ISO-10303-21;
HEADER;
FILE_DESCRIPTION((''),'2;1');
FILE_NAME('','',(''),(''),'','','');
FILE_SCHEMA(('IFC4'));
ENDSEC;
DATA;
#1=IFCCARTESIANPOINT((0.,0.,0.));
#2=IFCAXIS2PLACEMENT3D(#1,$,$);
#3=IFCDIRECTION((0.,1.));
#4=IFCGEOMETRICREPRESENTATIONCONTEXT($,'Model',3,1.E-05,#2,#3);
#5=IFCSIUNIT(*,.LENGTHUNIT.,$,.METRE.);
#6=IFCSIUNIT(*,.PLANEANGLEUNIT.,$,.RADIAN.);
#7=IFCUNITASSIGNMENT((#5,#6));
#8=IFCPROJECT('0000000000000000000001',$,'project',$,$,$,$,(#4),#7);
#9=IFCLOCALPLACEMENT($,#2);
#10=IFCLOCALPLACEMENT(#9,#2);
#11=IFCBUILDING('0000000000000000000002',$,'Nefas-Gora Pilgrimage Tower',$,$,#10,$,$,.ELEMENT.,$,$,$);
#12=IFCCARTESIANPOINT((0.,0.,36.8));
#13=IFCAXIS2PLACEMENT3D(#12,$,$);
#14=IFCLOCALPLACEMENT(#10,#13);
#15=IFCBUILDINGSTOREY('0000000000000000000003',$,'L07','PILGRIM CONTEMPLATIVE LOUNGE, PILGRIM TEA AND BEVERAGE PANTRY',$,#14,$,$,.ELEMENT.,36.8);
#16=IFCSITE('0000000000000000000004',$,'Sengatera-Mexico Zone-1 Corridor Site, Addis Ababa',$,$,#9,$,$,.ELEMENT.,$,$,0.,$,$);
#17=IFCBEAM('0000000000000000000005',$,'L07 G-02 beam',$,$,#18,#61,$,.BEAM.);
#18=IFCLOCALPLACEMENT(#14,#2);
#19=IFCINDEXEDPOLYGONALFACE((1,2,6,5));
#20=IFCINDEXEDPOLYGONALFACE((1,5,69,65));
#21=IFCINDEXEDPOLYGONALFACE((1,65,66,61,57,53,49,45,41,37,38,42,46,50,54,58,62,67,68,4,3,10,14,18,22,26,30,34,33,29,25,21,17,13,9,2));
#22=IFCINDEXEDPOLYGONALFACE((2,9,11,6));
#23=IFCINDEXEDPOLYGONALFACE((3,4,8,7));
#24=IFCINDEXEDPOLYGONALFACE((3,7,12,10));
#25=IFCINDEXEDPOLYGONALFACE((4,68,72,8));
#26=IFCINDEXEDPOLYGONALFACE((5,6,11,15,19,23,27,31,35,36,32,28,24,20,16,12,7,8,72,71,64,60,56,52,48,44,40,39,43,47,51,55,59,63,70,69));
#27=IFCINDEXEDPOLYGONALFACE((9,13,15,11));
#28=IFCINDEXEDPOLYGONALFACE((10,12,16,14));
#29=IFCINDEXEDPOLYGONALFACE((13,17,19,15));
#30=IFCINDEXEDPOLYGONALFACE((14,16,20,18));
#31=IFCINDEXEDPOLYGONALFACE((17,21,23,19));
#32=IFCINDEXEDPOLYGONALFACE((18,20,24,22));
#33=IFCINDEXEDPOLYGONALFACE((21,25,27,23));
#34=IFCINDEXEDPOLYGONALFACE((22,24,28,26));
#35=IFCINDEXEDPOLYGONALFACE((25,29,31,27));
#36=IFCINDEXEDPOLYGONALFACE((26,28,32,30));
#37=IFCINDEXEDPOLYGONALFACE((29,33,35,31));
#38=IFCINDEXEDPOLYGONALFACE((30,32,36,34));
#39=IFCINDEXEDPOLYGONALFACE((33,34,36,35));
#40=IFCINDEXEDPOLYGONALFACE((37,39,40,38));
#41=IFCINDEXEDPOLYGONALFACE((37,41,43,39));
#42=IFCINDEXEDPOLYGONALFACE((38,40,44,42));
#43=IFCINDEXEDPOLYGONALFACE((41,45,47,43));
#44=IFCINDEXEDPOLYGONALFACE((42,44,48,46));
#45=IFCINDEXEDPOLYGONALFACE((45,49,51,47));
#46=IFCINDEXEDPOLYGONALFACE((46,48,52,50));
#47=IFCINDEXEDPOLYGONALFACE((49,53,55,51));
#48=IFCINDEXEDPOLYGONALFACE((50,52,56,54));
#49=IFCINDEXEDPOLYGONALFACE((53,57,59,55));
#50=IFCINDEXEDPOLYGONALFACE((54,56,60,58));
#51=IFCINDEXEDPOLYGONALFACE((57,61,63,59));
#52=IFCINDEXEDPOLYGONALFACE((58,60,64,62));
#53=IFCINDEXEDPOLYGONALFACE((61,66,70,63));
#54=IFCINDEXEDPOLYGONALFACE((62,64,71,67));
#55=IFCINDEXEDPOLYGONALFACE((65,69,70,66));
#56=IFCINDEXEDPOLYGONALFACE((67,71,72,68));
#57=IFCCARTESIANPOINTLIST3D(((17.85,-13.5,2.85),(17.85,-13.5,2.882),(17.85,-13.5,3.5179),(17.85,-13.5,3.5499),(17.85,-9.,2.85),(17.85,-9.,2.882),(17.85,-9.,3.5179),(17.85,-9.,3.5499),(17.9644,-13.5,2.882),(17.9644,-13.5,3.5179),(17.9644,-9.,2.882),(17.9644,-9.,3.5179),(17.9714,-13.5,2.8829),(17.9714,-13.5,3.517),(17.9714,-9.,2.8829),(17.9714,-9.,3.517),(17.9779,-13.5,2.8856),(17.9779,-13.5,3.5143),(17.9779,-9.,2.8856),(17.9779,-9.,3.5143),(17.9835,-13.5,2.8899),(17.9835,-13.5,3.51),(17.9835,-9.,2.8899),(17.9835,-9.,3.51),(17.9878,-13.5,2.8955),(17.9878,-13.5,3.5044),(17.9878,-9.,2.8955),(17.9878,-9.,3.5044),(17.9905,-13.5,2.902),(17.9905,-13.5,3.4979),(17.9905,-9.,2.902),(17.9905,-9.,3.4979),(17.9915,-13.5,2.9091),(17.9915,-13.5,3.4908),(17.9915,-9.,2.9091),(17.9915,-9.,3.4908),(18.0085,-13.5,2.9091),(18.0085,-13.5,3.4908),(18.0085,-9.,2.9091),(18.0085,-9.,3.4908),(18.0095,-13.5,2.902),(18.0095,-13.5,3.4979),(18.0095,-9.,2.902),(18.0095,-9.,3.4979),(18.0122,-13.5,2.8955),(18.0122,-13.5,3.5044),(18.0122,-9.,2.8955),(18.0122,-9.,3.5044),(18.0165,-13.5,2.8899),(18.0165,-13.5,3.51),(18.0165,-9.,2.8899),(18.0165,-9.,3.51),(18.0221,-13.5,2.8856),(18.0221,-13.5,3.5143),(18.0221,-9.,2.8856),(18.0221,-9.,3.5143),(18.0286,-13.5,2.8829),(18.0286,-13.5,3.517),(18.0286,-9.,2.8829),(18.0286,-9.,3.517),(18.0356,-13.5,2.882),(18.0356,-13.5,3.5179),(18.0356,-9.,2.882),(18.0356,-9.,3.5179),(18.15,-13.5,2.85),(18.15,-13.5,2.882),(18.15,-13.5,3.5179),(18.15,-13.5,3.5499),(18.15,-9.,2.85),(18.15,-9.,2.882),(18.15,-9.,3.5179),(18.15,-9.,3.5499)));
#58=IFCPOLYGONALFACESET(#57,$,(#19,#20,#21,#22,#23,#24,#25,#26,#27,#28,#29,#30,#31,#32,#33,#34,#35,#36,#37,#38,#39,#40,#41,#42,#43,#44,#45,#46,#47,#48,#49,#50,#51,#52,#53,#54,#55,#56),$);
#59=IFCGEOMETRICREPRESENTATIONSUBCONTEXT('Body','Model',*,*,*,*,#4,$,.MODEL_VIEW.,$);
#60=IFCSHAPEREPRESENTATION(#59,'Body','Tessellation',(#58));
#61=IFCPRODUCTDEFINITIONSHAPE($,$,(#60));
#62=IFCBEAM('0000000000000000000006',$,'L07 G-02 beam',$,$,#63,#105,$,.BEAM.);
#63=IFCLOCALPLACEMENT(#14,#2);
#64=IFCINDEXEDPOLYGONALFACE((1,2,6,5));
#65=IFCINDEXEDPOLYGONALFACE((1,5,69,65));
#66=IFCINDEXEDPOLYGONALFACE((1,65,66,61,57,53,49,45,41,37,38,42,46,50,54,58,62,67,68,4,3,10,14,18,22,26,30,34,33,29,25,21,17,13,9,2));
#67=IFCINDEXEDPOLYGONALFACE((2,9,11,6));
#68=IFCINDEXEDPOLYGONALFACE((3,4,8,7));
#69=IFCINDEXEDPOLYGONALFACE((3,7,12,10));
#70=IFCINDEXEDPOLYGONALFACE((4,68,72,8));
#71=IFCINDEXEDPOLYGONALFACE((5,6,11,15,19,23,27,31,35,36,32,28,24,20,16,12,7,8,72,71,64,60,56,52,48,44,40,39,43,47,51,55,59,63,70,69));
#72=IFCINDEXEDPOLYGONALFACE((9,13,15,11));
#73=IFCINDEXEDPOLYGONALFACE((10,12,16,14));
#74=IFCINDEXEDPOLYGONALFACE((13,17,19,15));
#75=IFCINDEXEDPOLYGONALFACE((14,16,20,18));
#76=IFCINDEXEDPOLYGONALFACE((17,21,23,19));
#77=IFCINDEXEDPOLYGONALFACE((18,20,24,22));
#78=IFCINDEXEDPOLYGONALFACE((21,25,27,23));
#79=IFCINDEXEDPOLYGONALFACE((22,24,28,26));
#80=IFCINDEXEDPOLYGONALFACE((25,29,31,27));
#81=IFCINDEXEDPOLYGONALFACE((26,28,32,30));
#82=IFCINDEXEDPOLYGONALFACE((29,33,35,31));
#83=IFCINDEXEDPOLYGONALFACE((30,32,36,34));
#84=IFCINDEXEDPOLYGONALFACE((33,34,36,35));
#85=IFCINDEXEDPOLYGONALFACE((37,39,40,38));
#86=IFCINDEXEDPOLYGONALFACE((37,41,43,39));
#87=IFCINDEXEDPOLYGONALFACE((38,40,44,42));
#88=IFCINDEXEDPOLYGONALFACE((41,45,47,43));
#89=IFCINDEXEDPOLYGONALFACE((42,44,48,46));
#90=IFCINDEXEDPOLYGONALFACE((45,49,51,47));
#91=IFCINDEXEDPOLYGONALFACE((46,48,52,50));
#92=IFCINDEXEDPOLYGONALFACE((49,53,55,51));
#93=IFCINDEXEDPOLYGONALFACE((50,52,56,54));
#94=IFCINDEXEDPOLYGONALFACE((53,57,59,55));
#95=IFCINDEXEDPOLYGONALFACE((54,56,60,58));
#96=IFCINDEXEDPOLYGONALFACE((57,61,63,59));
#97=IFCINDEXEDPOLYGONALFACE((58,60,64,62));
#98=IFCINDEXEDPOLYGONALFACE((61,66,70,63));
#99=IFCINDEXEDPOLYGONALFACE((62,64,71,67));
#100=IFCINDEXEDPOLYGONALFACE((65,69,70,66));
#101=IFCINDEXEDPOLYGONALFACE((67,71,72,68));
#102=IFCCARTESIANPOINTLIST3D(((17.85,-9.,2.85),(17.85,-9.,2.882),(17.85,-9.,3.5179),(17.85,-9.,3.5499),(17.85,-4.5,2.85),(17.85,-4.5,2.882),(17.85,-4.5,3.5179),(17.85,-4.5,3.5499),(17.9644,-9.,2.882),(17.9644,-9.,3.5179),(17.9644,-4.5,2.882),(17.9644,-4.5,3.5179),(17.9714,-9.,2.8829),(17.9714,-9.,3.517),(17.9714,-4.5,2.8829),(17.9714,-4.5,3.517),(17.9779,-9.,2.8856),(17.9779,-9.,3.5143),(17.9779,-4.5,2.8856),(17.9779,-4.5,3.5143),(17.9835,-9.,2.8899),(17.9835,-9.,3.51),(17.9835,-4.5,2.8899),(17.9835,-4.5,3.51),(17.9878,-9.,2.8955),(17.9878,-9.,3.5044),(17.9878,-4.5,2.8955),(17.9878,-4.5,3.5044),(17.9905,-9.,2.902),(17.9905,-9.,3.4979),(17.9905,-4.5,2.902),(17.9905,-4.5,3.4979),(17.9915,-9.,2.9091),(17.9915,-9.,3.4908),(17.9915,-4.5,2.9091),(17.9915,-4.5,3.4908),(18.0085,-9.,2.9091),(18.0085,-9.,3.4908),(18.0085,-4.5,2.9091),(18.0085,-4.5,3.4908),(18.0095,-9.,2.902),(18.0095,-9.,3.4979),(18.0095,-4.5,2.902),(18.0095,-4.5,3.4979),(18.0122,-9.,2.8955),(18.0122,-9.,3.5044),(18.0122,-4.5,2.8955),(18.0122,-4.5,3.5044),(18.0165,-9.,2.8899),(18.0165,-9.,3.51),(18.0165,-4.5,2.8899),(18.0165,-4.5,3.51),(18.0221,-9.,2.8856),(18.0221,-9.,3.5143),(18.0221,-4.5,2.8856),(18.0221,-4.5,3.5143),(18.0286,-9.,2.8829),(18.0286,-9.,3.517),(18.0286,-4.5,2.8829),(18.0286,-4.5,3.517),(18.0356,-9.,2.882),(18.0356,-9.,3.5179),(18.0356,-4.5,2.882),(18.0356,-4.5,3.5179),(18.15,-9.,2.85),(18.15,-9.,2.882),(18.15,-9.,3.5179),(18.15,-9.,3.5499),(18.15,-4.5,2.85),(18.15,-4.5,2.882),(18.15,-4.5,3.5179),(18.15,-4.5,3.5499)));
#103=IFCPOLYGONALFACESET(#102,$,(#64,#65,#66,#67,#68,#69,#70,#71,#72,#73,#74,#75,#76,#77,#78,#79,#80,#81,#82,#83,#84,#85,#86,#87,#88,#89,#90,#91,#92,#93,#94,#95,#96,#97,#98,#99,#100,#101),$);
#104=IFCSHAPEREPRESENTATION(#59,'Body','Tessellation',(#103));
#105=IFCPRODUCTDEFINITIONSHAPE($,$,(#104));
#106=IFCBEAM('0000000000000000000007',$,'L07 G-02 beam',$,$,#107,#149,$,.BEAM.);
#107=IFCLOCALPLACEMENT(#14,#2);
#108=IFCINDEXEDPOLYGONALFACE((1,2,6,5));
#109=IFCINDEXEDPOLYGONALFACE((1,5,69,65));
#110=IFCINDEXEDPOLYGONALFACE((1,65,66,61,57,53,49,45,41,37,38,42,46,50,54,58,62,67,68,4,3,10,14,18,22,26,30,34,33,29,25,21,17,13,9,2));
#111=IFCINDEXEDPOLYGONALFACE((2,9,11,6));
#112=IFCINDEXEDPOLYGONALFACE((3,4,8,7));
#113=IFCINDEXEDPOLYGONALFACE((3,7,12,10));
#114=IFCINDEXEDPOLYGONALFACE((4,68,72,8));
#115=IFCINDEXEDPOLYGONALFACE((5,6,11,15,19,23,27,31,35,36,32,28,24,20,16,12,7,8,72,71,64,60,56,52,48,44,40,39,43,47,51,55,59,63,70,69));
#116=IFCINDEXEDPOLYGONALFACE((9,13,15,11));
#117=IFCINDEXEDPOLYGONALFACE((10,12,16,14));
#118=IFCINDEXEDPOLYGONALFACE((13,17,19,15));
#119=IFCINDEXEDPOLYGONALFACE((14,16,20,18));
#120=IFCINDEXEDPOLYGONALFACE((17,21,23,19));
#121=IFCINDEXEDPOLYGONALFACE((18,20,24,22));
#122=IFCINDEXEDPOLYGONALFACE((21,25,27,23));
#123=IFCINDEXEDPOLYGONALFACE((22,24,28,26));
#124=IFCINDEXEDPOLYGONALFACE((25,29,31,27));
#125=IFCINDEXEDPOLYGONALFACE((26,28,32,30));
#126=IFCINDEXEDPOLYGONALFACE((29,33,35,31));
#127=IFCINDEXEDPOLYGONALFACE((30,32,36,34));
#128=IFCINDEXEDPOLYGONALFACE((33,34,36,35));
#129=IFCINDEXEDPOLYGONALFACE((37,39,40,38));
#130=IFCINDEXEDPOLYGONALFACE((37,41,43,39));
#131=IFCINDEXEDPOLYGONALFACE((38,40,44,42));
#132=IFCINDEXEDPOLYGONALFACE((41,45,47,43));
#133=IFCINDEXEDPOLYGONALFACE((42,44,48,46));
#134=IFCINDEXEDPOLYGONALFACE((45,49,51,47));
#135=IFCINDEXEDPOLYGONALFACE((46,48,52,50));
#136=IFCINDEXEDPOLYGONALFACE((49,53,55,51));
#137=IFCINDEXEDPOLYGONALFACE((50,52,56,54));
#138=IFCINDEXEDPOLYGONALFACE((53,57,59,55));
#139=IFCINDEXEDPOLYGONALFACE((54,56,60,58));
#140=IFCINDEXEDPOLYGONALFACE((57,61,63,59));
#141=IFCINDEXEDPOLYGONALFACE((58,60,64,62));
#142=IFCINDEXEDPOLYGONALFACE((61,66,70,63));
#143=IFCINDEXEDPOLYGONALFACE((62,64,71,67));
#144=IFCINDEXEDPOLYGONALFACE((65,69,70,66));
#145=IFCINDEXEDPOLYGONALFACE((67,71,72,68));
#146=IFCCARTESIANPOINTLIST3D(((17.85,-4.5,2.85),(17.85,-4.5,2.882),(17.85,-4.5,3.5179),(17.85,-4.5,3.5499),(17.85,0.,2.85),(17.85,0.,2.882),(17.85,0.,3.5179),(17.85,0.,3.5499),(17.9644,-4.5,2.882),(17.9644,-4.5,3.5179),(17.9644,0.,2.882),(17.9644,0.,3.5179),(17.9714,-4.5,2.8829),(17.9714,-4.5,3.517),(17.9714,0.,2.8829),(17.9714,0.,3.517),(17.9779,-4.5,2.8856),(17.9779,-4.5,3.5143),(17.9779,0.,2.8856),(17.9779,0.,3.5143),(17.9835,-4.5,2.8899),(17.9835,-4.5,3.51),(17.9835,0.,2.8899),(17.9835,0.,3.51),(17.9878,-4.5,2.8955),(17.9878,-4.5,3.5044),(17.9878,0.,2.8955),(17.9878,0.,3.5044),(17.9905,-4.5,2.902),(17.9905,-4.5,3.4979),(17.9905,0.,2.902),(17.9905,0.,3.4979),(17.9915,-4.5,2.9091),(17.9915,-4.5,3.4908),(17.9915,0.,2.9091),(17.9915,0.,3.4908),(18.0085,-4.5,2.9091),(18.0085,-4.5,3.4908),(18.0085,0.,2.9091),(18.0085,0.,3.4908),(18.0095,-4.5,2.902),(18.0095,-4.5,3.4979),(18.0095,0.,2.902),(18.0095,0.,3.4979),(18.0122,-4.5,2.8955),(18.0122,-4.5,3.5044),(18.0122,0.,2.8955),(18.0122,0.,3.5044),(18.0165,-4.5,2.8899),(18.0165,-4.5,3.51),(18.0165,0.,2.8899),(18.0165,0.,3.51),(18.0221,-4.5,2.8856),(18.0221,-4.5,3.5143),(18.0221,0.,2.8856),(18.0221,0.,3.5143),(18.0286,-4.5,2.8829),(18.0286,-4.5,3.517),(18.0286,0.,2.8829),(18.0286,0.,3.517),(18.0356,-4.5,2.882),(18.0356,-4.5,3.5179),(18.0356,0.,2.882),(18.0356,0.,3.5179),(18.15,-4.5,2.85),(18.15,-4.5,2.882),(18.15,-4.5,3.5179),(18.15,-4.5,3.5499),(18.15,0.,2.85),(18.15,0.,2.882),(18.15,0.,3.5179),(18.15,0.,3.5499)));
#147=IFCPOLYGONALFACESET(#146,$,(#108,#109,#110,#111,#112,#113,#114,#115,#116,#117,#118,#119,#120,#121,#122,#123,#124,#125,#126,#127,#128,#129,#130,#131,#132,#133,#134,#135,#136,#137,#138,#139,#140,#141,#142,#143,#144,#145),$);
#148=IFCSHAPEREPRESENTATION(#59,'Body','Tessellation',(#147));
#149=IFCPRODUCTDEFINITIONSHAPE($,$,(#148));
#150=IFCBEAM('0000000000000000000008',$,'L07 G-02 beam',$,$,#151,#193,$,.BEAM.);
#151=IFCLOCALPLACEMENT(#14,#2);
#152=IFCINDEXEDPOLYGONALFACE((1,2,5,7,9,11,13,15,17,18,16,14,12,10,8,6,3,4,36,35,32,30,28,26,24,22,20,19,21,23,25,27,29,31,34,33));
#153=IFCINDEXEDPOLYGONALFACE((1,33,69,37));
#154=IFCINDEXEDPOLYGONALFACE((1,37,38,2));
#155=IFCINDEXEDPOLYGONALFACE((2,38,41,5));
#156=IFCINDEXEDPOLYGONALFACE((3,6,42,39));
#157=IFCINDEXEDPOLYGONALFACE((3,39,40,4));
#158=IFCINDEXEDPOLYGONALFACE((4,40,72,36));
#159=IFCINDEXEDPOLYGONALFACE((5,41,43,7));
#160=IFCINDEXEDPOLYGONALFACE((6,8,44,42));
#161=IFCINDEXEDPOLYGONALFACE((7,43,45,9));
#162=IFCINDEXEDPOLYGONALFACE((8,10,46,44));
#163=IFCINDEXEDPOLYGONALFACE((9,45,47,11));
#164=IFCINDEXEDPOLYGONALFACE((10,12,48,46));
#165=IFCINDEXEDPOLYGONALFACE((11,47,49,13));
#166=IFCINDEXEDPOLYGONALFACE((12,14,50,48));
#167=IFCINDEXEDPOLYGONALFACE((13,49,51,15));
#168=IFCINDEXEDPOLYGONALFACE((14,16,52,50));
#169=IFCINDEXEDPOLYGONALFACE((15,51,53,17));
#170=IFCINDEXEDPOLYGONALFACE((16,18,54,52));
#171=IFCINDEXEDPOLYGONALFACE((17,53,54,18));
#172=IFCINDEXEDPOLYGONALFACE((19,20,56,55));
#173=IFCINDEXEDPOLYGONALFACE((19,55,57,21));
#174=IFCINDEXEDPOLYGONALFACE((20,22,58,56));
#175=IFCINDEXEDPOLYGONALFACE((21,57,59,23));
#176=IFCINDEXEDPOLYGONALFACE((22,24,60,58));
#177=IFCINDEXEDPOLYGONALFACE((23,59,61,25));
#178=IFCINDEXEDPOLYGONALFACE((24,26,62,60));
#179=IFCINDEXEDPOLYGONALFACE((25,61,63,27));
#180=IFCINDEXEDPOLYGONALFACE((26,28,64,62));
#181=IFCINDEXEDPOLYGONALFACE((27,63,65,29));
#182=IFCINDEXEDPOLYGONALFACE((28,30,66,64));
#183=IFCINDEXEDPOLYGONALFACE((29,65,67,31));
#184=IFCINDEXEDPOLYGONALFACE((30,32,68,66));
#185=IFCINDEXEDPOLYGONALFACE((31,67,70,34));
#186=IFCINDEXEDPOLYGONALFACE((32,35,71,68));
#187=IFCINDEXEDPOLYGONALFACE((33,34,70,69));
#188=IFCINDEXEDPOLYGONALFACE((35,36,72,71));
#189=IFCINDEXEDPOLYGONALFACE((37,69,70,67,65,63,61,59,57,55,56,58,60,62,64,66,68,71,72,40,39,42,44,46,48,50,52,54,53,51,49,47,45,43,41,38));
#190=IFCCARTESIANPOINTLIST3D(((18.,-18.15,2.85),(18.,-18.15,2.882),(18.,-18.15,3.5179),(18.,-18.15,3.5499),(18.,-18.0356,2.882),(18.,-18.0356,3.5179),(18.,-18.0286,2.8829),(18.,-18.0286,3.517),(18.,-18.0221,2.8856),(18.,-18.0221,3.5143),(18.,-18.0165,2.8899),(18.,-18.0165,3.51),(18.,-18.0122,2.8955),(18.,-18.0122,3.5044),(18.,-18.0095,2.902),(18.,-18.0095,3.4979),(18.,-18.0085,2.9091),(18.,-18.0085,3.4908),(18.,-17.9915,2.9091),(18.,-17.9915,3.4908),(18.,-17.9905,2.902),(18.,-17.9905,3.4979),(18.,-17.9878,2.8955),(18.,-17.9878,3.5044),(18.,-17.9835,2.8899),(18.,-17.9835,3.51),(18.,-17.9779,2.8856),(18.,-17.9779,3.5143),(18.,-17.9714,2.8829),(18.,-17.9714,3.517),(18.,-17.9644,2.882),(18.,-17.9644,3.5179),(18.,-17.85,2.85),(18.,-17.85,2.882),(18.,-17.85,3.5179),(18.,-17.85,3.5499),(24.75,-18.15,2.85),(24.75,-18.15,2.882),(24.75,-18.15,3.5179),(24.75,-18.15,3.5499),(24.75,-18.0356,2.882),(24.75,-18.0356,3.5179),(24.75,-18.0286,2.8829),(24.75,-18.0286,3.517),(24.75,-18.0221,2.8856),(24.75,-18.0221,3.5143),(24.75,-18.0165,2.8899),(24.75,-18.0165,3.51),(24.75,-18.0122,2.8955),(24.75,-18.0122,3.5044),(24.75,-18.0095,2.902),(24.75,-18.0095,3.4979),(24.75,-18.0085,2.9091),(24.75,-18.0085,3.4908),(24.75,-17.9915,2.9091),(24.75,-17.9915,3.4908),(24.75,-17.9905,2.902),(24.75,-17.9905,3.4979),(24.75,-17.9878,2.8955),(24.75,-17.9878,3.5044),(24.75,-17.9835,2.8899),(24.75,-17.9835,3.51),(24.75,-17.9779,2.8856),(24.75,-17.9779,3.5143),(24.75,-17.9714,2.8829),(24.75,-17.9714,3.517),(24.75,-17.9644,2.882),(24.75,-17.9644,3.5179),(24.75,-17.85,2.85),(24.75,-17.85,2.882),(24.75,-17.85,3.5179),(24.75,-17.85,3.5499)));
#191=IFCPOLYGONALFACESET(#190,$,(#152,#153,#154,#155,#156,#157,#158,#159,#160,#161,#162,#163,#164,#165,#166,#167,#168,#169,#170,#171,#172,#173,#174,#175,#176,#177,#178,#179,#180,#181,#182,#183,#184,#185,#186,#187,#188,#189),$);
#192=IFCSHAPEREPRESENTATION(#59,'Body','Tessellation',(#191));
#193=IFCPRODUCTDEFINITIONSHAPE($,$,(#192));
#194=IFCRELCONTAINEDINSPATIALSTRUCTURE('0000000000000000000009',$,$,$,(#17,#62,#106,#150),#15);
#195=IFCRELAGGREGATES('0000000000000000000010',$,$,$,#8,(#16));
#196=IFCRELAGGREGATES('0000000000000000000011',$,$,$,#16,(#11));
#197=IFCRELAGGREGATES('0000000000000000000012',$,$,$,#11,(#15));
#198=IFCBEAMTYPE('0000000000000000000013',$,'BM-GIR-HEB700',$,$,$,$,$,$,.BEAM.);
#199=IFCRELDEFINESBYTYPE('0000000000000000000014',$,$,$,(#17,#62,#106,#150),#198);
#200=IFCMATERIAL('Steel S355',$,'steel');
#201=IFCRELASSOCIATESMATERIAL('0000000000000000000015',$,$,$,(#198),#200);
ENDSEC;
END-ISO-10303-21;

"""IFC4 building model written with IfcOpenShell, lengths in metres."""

from ifc_helpers import new_model, si_unit, direction, frame, origin, origin_2d, place, context, subcontext, project, spatial, i_section, extrude, source, transform, mapped, material, material_profile, profile_set, type_object, element, save


model = new_model("IFC4")

# Units and contexts
model_context = context("Model", 3, precision=1e-05, world=origin(), true_north=direction((0.0, 1.0)))
body_context = subcontext(model_context, "Body", "Model", "MODEL_VIEW")
ifc_project = project(units=[si_unit("LENGTHUNIT", "METRE"), si_unit("PLANEANGLEUNIT", "RADIAN")], contexts=[model_context])

# Site, building, storey
site_placement = place(None, origin())
site = spatial("IfcSite", under=ifc_project, at=site_placement, Name="Sengatera-Mexico Zone-1 Corridor Site, Addis Ababa", CompositionType="ELEMENT", RefElevation=0.0)
building_placement = place(site_placement, origin())
building = spatial("IfcBuilding", under=site, at=building_placement, Name="Nefas-Gora Pilgrimage Tower", CompositionType="ELEMENT")
storey_placement = place(building_placement, frame((0.0, 0.0, 36.8)))
storey = spatial("IfcBuildingStorey", under=building, at=storey_placement, Name="L07", Description="PILGRIM CONTEMPLATIVE LOUNGE, PILGRIM TEA AND BEVERAGE PANTRY", CompositionType="ELEMENT", Elevation=36.8)

# Beams
ifc_material_1 = material(Name="Steel S355", Category="steel")
ifc_material_profile_1 = material_profile(ifc_material_1, i_section(OverallWidth=0.3, OverallDepth=0.7, WebThickness=0.0171, FlangeThickness=0.032, FilletRadius=0.0271, at=origin_2d()), Name="HEB 700")
ifc_profile_set_1 = profile_set([ifc_material_profile_1], Name="Steel S355")
beam_type_1 = type_object("IfcBeamType", Name="BM-GIR-HEB700", PredefinedType="BEAM", material=ifc_profile_set_1)
shared_shape_1 = source(origin(), body_context, "Body", "SweptSolid", [
    extrude(i_section(OverallWidth=0.3, OverallDepth=0.7, WebThickness=0.0171, FlangeThickness=0.032, FilletRadius=0.0271, at=origin_2d()), origin(), (0.0, 0.0, 1.0), 4.5),
])
for number, where, z_axis, x_axis, name in (
    (1, (18.0, -13.5, 3.2), (0.0, 1.0, 0.0), (-1.0, 0.0, 0.0), "L07 G-02 beam"),
    (2, (18.0, -9.0, 3.2), (0.0, 1.0, 0.0), (-1.0, 0.0, 0.0), "L07 G-02 beam"),
    (3, (18.0, -4.5, 3.2), (0.0, 1.0, 0.0), (-1.0, 0.0, 0.0), "L07 G-02 beam"),
):
    element("IfcBeam", number, at=place(storey_placement, frame(where, z_axis=z_axis, x_axis=x_axis)), inside=storey, type_object=beam_type_1, Name=name, PredefinedType="BEAM", context=body_context, shape_type="MappedRepresentation", body=[
        mapped(shared_shape_1, transform((0.0, 0.0, 0.0), x_axis=(1.0, 0.0, 0.0), y_axis=(0.0, 1.0, 0.0), z_axis=(0.0, 0.0, 1.0), scale=1.0)),
    ])
shared_shape_2 = source(origin(), body_context, "Body", "SweptSolid", [
    extrude(i_section(OverallWidth=0.3, OverallDepth=0.7, WebThickness=0.0171, FlangeThickness=0.032, FilletRadius=0.0271, at=origin_2d()), origin(), (0.0, 0.0, 1.0), 6.75),
])
for number, where, z_axis, x_axis, name in (
    (4, (18.0, -18.0, 3.2), (1.0, 0.0, 0.0), (0.0, 1.0, 0.0), "L07 G-02 beam"),
):
    element("IfcBeam", number, at=place(storey_placement, frame(where, z_axis=z_axis, x_axis=x_axis)), inside=storey, type_object=beam_type_1, Name=name, PredefinedType="BEAM", context=body_context, shape_type="MappedRepresentation", body=[
        mapped(shared_shape_2, transform((0.0, 0.0, 0.0), x_axis=(1.0, 0.0, 0.0), y_axis=(0.0, 1.0, 0.0), z_axis=(0.0, 0.0, 1.0), scale=1.0)),
    ])

save(model, "model.ifc")
